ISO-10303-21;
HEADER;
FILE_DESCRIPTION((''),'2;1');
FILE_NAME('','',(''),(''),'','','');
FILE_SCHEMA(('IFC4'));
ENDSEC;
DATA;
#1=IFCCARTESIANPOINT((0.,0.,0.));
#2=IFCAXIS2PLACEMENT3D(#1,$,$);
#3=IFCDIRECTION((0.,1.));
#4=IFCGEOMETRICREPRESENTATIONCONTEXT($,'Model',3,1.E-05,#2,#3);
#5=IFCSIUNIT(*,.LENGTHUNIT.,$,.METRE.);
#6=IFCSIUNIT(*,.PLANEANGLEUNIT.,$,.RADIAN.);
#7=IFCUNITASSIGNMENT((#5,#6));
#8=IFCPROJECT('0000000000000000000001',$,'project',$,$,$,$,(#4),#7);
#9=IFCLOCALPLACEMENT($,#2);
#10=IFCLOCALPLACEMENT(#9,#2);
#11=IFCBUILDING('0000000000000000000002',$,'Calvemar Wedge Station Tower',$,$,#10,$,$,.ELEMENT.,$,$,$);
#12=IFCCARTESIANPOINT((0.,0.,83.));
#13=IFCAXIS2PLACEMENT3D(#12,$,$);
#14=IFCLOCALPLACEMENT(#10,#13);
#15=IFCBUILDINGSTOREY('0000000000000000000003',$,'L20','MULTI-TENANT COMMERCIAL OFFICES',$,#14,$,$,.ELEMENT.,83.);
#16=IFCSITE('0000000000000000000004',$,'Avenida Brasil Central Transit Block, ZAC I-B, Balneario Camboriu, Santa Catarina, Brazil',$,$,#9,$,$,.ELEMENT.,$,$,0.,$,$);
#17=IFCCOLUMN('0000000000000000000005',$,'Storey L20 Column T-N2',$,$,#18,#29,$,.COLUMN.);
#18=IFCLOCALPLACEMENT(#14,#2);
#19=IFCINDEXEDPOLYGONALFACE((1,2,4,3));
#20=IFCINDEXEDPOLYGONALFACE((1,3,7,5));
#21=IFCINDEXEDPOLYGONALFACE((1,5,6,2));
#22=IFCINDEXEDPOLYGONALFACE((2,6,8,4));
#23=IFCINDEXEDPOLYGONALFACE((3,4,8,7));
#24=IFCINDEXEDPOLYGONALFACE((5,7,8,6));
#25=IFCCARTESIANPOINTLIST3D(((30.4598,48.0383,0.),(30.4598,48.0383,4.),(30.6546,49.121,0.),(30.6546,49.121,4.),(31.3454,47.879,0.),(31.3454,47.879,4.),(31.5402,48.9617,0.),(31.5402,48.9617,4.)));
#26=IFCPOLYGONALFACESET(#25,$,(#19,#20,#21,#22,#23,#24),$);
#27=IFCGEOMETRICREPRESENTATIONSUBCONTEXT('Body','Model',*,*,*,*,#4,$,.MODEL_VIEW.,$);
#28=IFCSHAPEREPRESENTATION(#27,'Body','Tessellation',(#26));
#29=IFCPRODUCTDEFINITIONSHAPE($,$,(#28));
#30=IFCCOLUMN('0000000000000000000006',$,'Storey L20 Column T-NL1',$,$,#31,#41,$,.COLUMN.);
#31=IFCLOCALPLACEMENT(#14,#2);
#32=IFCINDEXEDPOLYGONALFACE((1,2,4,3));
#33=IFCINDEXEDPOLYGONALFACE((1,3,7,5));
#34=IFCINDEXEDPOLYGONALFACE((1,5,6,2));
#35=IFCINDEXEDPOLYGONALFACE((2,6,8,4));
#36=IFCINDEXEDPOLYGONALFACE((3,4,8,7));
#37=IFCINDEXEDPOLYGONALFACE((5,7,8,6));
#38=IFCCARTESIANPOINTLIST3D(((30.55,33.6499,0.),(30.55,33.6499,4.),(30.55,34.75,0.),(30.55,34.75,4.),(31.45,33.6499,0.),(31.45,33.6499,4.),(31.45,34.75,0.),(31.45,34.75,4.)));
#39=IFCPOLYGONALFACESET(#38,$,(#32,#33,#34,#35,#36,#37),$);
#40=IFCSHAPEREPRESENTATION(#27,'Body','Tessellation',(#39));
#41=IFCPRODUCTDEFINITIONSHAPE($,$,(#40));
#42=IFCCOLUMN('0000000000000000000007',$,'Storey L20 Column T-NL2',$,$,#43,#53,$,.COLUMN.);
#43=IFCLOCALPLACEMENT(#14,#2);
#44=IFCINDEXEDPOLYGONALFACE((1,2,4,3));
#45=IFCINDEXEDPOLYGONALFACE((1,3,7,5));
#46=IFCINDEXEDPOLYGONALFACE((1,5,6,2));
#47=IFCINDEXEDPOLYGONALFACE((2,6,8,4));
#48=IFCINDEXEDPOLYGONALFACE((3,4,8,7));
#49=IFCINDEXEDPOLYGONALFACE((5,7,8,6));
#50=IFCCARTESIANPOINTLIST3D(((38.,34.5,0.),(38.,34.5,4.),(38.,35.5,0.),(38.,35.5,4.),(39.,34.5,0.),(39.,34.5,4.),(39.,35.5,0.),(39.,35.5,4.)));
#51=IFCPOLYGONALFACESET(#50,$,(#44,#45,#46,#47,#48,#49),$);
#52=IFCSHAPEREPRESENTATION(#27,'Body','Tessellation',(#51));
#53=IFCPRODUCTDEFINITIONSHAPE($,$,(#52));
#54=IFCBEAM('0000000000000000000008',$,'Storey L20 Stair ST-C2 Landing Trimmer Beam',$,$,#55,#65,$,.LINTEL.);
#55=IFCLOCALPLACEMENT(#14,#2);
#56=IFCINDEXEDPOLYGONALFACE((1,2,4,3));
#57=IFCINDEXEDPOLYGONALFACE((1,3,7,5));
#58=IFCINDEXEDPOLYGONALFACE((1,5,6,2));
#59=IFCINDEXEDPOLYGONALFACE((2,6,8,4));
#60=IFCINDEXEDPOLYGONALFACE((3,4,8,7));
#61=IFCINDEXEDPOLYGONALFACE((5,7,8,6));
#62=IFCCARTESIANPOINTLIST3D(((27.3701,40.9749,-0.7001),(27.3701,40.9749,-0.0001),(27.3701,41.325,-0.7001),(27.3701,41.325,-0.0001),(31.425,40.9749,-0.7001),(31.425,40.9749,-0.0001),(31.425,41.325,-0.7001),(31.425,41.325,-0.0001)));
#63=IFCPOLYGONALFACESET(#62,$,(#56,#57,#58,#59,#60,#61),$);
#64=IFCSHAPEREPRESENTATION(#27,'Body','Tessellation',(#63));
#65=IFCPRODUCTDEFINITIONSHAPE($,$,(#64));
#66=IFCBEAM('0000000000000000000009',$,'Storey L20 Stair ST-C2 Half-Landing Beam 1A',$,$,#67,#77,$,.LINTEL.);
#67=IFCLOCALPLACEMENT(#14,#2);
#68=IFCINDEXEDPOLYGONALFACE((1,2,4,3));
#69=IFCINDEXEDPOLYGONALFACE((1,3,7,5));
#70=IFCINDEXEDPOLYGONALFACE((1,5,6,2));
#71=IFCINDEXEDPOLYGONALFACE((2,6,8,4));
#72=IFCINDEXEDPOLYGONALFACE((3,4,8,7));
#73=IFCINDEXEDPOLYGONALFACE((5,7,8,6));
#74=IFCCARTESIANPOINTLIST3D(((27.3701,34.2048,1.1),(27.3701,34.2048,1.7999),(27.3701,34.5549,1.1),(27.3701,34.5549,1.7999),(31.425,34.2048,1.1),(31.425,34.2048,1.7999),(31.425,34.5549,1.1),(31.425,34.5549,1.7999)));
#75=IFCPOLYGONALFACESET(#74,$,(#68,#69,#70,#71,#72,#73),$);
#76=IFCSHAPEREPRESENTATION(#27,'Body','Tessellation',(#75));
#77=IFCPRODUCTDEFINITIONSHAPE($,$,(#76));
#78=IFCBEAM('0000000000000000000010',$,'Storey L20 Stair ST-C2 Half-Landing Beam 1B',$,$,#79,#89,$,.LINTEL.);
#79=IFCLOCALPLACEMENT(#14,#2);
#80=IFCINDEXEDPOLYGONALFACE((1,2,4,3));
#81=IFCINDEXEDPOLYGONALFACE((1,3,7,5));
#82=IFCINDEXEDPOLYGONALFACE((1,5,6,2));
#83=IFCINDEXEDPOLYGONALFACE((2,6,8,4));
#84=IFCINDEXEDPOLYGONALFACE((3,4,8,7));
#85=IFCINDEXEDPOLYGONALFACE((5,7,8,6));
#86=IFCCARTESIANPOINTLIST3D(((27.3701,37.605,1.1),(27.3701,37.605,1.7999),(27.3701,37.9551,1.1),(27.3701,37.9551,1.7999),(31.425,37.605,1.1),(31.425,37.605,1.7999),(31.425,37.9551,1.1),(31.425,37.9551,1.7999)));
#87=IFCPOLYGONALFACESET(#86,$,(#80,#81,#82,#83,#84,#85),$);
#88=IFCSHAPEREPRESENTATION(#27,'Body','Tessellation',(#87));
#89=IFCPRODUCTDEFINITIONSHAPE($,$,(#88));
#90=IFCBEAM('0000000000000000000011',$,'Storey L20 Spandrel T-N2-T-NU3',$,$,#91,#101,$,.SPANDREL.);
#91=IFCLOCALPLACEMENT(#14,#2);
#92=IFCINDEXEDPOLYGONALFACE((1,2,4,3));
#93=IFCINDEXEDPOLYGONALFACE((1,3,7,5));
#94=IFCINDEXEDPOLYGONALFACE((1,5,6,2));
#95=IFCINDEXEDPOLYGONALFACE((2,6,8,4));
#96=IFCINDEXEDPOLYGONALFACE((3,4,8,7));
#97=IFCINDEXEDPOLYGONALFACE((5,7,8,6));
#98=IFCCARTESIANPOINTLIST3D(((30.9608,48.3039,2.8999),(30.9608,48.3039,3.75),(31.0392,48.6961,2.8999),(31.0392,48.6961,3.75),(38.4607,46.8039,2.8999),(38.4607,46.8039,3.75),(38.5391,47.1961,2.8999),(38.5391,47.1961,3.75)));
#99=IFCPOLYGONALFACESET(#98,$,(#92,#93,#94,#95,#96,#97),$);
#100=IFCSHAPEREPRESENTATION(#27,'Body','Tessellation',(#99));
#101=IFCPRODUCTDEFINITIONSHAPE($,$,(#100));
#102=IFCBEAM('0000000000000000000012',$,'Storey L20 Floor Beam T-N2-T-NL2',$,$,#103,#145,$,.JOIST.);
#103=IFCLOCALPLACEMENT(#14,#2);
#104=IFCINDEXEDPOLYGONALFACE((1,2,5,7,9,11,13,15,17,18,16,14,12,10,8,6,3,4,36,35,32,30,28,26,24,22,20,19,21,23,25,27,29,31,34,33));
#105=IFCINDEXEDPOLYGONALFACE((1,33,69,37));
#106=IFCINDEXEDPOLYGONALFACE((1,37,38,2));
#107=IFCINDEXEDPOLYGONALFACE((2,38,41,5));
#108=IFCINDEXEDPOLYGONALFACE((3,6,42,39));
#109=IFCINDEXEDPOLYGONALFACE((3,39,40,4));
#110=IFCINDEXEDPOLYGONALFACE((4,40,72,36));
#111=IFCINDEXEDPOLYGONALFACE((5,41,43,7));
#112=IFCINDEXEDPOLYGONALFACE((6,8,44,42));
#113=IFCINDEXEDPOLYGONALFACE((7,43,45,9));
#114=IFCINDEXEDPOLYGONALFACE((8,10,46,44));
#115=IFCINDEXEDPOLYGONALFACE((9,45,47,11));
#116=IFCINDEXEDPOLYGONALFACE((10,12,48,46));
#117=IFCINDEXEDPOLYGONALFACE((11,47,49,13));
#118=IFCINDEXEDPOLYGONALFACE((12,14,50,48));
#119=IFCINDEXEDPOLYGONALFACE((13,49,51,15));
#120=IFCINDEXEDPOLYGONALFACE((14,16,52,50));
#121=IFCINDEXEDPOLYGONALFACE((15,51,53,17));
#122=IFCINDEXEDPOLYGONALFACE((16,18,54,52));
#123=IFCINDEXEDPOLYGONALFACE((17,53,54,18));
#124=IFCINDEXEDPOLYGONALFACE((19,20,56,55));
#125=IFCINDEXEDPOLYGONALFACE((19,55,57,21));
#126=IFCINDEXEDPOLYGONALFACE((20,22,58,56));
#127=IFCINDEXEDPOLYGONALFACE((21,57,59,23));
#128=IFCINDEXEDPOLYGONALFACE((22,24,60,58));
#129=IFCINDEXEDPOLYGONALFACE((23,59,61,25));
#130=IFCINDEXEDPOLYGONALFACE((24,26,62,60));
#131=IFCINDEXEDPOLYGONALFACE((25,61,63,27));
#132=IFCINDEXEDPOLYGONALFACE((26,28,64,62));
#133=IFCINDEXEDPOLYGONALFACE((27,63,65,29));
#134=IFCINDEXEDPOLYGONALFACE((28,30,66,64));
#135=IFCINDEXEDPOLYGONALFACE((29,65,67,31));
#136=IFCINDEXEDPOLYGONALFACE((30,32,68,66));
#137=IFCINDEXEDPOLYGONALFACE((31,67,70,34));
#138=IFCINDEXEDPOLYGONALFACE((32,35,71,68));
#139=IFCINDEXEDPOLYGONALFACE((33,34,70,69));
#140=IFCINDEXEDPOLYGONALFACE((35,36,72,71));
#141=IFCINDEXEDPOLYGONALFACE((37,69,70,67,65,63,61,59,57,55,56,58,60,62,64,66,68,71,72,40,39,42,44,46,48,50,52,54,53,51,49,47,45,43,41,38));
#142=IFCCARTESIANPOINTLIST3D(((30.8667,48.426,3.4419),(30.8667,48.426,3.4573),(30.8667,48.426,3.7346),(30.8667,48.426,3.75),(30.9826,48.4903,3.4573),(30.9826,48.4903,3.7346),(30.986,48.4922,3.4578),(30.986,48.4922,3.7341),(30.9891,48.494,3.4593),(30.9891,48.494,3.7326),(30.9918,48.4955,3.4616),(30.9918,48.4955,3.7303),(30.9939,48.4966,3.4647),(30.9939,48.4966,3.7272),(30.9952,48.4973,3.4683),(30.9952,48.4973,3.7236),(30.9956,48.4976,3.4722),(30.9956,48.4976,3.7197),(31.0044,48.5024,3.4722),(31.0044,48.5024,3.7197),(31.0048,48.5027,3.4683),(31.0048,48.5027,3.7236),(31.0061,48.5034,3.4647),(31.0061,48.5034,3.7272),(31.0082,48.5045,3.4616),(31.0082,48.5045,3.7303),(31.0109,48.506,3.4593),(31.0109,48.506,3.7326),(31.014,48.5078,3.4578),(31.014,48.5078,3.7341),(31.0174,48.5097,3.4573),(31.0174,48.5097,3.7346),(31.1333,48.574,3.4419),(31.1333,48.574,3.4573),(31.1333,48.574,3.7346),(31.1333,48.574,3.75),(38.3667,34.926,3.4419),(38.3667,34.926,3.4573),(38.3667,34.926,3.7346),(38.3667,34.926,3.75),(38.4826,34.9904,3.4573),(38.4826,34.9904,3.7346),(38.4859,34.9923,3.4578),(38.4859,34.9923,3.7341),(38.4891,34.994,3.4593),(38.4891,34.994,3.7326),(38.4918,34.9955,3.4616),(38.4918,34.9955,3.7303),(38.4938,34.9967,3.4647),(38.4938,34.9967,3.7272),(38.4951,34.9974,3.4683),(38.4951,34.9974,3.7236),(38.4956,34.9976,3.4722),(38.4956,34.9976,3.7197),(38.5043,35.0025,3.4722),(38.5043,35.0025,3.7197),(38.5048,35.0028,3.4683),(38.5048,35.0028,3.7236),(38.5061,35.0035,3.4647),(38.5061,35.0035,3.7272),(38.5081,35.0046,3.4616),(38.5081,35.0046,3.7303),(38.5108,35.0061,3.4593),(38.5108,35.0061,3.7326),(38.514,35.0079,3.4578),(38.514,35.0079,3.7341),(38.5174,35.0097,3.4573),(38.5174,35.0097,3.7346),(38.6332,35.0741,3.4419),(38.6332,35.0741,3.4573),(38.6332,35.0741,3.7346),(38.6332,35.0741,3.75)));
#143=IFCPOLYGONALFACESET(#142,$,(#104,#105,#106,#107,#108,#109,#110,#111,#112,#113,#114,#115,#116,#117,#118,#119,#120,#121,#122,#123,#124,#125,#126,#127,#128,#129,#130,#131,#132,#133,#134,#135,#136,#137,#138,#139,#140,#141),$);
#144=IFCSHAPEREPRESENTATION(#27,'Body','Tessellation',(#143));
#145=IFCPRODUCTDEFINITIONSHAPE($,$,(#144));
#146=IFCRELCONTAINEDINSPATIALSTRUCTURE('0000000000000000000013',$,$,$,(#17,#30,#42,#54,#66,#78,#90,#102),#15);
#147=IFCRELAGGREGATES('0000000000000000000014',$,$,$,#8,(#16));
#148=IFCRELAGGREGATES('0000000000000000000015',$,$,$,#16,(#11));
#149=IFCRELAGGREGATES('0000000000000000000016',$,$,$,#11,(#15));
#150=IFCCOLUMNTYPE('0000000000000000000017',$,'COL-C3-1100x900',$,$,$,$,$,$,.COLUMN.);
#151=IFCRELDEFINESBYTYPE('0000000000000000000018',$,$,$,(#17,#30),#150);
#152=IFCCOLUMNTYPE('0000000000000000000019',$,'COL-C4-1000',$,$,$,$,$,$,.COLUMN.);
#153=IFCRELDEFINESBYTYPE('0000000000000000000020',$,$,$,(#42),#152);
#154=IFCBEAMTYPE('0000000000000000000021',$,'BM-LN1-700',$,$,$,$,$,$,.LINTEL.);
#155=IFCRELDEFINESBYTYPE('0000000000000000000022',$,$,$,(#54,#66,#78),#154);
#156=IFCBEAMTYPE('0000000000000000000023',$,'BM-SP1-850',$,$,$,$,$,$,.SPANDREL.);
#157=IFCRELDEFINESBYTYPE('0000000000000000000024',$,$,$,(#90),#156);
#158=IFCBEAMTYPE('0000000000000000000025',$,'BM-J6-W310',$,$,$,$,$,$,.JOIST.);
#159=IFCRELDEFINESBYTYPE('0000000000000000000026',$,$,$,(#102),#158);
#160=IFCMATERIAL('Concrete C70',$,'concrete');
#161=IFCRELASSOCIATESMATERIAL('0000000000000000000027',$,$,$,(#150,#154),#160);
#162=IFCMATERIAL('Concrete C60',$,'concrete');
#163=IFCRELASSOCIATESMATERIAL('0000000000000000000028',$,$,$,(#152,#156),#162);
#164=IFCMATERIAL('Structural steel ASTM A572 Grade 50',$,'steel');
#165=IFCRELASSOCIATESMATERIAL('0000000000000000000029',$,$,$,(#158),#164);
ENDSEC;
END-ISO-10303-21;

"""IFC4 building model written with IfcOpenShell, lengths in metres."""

from ifc_helpers import new_model, si_unit, direction, frame, origin, origin_2d, place, context, subcontext, project, spatial, rectangle, i_section, extrude, source, transform, mapped, material, material_profile, profile_set, type_object, element, save


model = new_model("IFC4")

# Units and contexts
model_context = context("Model", 3, precision=1e-05, world=origin(), true_north=direction((0.0, 1.0)))
body_context = subcontext(model_context, "Body", "Model", "MODEL_VIEW")
ifc_project = project(units=[si_unit("LENGTHUNIT", "METRE"), si_unit("PLANEANGLEUNIT", "RADIAN")], contexts=[model_context])

# Site, building, storey
site_placement = place(None, origin())
site = spatial("IfcSite", under=ifc_project, at=site_placement, Name="Avenida Brasil Central Transit Block, ZAC I-B, Balneario Camboriu, Santa Catarina, Brazil", CompositionType="ELEMENT", RefElevation=0.0)
building_placement = place(site_placement, origin())
building = spatial("IfcBuilding", under=site, at=building_placement, Name="Calvemar Wedge Station Tower", CompositionType="ELEMENT")
storey_placement = place(building_placement, frame((0.0, 0.0, 83.0)))
storey = spatial("IfcBuildingStorey", under=building, at=storey_placement, Name="L20", Description="MULTI-TENANT COMMERCIAL OFFICES", CompositionType="ELEMENT", Elevation=83.0)

# Columns
ifc_material_1 = material(Name="Concrete C70", Category="concrete")
ifc_material_profile_1 = material_profile(ifc_material_1, rectangle(XDim=0.8999, YDim=1.1001, at=origin_2d()), Name="RC1100x900")
ifc_profile_set_1 = profile_set([ifc_material_profile_1], Name="Concrete C70")
column_type_1 = type_object("IfcColumnType", Name="COL-C3-1100x900", PredefinedType="COLUMN", material=ifc_profile_set_1)
shared_shape_1 = source(origin(), body_context, "Body", "SweptSolid", [
    extrude(rectangle(XDim=0.8999, YDim=1.1001, at=origin_2d()), origin(), (0.0, 0.0, 1.0), 4.0),
])
for number, where, z_axis, x_axis, name in (
    (1, (31.0, 48.5, 0.0), (0.0, 0.0, 1.0), (0.984196, -0.177085, 0.0), "Storey L20 Column T-N2"),
    (2, (31.0, 34.2, 0.0), (0.0, 0.0, 1.0), (1.0, 0.0, 0.0), "Storey L20 Column T-NL1"),
):
    element("IfcColumn", number, at=place(storey_placement, frame(where, z_axis=z_axis, x_axis=x_axis)), inside=storey, type_object=column_type_1, Name=name, PredefinedType="COLUMN", context=body_context, shape_type="MappedRepresentation", body=[
        mapped(shared_shape_1, transform((0.0, 0.0, 0.0), scale=1.0)),
    ])
ifc_material_2 = material(Name="Concrete C60", Category="concrete")
ifc_material_profile_2 = material_profile(ifc_material_2, rectangle(XDim=1.0, YDim=1.0, at=origin_2d()), Name="RC1000x1000")
ifc_profile_set_2 = profile_set([ifc_material_profile_2], Name="Concrete C60")
column_type_2 = type_object("IfcColumnType", Name="COL-C4-1000", PredefinedType="COLUMN", material=ifc_profile_set_2)
shared_shape_2 = source(origin(), body_context, "Body", "SweptSolid", [
    extrude(rectangle(XDim=1.0, YDim=1.0, at=origin_2d()), origin(), (0.0, 0.0, 1.0), 4.0),
])
column_placement = place(storey_placement, frame((38.5, 35.0, 0.0), z_axis=(0.0, 0.0, 1.0), x_axis=(1.0, 0.0, 0.0)))
element("IfcColumn", 3, at=column_placement, inside=storey, type_object=column_type_2, Name="Storey L20 Column T-NL2", PredefinedType="COLUMN", context=body_context, shape_type="MappedRepresentation", body=[
    mapped(shared_shape_2, transform((0.0, 0.0, 0.0), scale=1.0)),
])

# Beams
ifc_material_profile_3 = material_profile(ifc_material_1, rectangle(XDim=0.3501, YDim=0.7, at=origin_2d()), Name="RC350x700")
ifc_profile_set_3 = profile_set([ifc_material_profile_3], Name="Concrete C70")
beam_type_1 = type_object("IfcBeamType", Name="BM-LN1-700", PredefinedType="LINTEL", material=ifc_profile_set_3)
shared_shape_3 = source(origin(), body_context, "Body", "SweptSolid", [
    extrude(rectangle(XDim=0.3501, YDim=0.7, at=origin_2d()), origin(), (0.0, 0.0, 1.0), 4.0549),
])
for number, where, z_axis, x_axis, name in (
    (4, (27.3701, 41.1499, -0.3501), (1.0, 0.0, 0.0), (0.0, 1.0, 0.0), "Storey L20 Stair ST-C2 Landing Trimmer Beam"),
    (5, (27.3701, 34.3799, 1.45), (1.0, 0.0, 0.0), (0.0, 1.0, 0.0), "Storey L20 Stair ST-C2 Half-Landing Beam 1A"),
    (6, (27.3701, 37.78, 1.45), (1.0, 0.0, 0.0), (0.0, 1.0, 0.0), "Storey L20 Stair ST-C2 Half-Landing Beam 1B"),
):
    element("IfcBeam", number, at=place(storey_placement, frame(where, z_axis=z_axis, x_axis=x_axis)), inside=storey, type_object=beam_type_1, Name=name, PredefinedType="LINTEL", context=body_context, shape_type="MappedRepresentation", body=[
        mapped(shared_shape_3, transform((0.0, 0.0, 0.0), scale=1.0)),
    ])
ifc_material_profile_4 = material_profile(ifc_material_2, rectangle(XDim=0.3999, YDim=0.8501, at=origin_2d()), Name="RC400x850")
ifc_profile_set_4 = profile_set([ifc_material_profile_4], Name="Concrete C60")
beam_type_2 = type_object("IfcBeamType", Name="BM-SP1-850", PredefinedType="SPANDREL", material=ifc_profile_set_4)
shared_shape_4 = source(origin(), body_context, "Body", "SweptSolid", [
    extrude(rectangle(XDim=0.3999, YDim=0.8501, at=origin_2d()), origin(), (0.0, 0.0, 1.0), 7.6484),
])
beam_1_placement = place(storey_placement, frame((31.0, 48.5, 3.325), z_axis=(0.980581, -0.196116, 0.0), x_axis=(0.196116, 0.980581, 0.0)))
element("IfcBeam", 7, at=beam_1_placement, inside=storey, type_object=beam_type_2, Name="Storey L20 Spandrel T-N2-T-NU3", PredefinedType="SPANDREL", context=body_context, shape_type="MappedRepresentation", body=[
    mapped(shared_shape_4, transform((0.0, 0.0, 0.0), scale=1.0)),
])
ifc_material_3 = material(Name="Structural steel ASTM A572 Grade 50", Category="steel")
ifc_material_profile_5 = material_profile(ifc_material_3, i_section(OverallWidth=0.3049, OverallDepth=0.3081, WebThickness=0.01, FlangeThickness=0.0154, FilletRadius=0.0149, at=origin_2d()), Name="W310x97")
ifc_profile_set_5 = profile_set([ifc_material_profile_5], Name="Structural steel ASTM A572 Grade 50")
beam_type_3 = type_object("IfcBeamType", Name="BM-J6-W310", PredefinedType="JOIST", material=ifc_profile_set_5)
shared_shape_5 = source(origin(), body_context, "Body", "SweptSolid", [
    extrude(i_section(OverallWidth=0.3049, OverallDepth=0.3081, WebThickness=0.01, FlangeThickness=0.0154, FilletRadius=0.0149, at=origin_2d()), origin(), (0.0, 0.0, 1.0), 15.4434),
])
beam_2_placement = place(storey_placement, frame((31.0, 48.5, 3.5959), z_axis=(0.485643, -0.874157, 0.0), x_axis=(0.874157, 0.485643, 0.0)))
element("IfcBeam", 8, at=beam_2_placement, inside=storey, type_object=beam_type_3, Name="Storey L20 Floor Beam T-N2-T-NL2", PredefinedType="JOIST", context=body_context, shape_type="MappedRepresentation", body=[
    mapped(shared_shape_5, transform((0.0, 0.0, 0.0), scale=1.0)),
])

save(model, "model.ifc")
